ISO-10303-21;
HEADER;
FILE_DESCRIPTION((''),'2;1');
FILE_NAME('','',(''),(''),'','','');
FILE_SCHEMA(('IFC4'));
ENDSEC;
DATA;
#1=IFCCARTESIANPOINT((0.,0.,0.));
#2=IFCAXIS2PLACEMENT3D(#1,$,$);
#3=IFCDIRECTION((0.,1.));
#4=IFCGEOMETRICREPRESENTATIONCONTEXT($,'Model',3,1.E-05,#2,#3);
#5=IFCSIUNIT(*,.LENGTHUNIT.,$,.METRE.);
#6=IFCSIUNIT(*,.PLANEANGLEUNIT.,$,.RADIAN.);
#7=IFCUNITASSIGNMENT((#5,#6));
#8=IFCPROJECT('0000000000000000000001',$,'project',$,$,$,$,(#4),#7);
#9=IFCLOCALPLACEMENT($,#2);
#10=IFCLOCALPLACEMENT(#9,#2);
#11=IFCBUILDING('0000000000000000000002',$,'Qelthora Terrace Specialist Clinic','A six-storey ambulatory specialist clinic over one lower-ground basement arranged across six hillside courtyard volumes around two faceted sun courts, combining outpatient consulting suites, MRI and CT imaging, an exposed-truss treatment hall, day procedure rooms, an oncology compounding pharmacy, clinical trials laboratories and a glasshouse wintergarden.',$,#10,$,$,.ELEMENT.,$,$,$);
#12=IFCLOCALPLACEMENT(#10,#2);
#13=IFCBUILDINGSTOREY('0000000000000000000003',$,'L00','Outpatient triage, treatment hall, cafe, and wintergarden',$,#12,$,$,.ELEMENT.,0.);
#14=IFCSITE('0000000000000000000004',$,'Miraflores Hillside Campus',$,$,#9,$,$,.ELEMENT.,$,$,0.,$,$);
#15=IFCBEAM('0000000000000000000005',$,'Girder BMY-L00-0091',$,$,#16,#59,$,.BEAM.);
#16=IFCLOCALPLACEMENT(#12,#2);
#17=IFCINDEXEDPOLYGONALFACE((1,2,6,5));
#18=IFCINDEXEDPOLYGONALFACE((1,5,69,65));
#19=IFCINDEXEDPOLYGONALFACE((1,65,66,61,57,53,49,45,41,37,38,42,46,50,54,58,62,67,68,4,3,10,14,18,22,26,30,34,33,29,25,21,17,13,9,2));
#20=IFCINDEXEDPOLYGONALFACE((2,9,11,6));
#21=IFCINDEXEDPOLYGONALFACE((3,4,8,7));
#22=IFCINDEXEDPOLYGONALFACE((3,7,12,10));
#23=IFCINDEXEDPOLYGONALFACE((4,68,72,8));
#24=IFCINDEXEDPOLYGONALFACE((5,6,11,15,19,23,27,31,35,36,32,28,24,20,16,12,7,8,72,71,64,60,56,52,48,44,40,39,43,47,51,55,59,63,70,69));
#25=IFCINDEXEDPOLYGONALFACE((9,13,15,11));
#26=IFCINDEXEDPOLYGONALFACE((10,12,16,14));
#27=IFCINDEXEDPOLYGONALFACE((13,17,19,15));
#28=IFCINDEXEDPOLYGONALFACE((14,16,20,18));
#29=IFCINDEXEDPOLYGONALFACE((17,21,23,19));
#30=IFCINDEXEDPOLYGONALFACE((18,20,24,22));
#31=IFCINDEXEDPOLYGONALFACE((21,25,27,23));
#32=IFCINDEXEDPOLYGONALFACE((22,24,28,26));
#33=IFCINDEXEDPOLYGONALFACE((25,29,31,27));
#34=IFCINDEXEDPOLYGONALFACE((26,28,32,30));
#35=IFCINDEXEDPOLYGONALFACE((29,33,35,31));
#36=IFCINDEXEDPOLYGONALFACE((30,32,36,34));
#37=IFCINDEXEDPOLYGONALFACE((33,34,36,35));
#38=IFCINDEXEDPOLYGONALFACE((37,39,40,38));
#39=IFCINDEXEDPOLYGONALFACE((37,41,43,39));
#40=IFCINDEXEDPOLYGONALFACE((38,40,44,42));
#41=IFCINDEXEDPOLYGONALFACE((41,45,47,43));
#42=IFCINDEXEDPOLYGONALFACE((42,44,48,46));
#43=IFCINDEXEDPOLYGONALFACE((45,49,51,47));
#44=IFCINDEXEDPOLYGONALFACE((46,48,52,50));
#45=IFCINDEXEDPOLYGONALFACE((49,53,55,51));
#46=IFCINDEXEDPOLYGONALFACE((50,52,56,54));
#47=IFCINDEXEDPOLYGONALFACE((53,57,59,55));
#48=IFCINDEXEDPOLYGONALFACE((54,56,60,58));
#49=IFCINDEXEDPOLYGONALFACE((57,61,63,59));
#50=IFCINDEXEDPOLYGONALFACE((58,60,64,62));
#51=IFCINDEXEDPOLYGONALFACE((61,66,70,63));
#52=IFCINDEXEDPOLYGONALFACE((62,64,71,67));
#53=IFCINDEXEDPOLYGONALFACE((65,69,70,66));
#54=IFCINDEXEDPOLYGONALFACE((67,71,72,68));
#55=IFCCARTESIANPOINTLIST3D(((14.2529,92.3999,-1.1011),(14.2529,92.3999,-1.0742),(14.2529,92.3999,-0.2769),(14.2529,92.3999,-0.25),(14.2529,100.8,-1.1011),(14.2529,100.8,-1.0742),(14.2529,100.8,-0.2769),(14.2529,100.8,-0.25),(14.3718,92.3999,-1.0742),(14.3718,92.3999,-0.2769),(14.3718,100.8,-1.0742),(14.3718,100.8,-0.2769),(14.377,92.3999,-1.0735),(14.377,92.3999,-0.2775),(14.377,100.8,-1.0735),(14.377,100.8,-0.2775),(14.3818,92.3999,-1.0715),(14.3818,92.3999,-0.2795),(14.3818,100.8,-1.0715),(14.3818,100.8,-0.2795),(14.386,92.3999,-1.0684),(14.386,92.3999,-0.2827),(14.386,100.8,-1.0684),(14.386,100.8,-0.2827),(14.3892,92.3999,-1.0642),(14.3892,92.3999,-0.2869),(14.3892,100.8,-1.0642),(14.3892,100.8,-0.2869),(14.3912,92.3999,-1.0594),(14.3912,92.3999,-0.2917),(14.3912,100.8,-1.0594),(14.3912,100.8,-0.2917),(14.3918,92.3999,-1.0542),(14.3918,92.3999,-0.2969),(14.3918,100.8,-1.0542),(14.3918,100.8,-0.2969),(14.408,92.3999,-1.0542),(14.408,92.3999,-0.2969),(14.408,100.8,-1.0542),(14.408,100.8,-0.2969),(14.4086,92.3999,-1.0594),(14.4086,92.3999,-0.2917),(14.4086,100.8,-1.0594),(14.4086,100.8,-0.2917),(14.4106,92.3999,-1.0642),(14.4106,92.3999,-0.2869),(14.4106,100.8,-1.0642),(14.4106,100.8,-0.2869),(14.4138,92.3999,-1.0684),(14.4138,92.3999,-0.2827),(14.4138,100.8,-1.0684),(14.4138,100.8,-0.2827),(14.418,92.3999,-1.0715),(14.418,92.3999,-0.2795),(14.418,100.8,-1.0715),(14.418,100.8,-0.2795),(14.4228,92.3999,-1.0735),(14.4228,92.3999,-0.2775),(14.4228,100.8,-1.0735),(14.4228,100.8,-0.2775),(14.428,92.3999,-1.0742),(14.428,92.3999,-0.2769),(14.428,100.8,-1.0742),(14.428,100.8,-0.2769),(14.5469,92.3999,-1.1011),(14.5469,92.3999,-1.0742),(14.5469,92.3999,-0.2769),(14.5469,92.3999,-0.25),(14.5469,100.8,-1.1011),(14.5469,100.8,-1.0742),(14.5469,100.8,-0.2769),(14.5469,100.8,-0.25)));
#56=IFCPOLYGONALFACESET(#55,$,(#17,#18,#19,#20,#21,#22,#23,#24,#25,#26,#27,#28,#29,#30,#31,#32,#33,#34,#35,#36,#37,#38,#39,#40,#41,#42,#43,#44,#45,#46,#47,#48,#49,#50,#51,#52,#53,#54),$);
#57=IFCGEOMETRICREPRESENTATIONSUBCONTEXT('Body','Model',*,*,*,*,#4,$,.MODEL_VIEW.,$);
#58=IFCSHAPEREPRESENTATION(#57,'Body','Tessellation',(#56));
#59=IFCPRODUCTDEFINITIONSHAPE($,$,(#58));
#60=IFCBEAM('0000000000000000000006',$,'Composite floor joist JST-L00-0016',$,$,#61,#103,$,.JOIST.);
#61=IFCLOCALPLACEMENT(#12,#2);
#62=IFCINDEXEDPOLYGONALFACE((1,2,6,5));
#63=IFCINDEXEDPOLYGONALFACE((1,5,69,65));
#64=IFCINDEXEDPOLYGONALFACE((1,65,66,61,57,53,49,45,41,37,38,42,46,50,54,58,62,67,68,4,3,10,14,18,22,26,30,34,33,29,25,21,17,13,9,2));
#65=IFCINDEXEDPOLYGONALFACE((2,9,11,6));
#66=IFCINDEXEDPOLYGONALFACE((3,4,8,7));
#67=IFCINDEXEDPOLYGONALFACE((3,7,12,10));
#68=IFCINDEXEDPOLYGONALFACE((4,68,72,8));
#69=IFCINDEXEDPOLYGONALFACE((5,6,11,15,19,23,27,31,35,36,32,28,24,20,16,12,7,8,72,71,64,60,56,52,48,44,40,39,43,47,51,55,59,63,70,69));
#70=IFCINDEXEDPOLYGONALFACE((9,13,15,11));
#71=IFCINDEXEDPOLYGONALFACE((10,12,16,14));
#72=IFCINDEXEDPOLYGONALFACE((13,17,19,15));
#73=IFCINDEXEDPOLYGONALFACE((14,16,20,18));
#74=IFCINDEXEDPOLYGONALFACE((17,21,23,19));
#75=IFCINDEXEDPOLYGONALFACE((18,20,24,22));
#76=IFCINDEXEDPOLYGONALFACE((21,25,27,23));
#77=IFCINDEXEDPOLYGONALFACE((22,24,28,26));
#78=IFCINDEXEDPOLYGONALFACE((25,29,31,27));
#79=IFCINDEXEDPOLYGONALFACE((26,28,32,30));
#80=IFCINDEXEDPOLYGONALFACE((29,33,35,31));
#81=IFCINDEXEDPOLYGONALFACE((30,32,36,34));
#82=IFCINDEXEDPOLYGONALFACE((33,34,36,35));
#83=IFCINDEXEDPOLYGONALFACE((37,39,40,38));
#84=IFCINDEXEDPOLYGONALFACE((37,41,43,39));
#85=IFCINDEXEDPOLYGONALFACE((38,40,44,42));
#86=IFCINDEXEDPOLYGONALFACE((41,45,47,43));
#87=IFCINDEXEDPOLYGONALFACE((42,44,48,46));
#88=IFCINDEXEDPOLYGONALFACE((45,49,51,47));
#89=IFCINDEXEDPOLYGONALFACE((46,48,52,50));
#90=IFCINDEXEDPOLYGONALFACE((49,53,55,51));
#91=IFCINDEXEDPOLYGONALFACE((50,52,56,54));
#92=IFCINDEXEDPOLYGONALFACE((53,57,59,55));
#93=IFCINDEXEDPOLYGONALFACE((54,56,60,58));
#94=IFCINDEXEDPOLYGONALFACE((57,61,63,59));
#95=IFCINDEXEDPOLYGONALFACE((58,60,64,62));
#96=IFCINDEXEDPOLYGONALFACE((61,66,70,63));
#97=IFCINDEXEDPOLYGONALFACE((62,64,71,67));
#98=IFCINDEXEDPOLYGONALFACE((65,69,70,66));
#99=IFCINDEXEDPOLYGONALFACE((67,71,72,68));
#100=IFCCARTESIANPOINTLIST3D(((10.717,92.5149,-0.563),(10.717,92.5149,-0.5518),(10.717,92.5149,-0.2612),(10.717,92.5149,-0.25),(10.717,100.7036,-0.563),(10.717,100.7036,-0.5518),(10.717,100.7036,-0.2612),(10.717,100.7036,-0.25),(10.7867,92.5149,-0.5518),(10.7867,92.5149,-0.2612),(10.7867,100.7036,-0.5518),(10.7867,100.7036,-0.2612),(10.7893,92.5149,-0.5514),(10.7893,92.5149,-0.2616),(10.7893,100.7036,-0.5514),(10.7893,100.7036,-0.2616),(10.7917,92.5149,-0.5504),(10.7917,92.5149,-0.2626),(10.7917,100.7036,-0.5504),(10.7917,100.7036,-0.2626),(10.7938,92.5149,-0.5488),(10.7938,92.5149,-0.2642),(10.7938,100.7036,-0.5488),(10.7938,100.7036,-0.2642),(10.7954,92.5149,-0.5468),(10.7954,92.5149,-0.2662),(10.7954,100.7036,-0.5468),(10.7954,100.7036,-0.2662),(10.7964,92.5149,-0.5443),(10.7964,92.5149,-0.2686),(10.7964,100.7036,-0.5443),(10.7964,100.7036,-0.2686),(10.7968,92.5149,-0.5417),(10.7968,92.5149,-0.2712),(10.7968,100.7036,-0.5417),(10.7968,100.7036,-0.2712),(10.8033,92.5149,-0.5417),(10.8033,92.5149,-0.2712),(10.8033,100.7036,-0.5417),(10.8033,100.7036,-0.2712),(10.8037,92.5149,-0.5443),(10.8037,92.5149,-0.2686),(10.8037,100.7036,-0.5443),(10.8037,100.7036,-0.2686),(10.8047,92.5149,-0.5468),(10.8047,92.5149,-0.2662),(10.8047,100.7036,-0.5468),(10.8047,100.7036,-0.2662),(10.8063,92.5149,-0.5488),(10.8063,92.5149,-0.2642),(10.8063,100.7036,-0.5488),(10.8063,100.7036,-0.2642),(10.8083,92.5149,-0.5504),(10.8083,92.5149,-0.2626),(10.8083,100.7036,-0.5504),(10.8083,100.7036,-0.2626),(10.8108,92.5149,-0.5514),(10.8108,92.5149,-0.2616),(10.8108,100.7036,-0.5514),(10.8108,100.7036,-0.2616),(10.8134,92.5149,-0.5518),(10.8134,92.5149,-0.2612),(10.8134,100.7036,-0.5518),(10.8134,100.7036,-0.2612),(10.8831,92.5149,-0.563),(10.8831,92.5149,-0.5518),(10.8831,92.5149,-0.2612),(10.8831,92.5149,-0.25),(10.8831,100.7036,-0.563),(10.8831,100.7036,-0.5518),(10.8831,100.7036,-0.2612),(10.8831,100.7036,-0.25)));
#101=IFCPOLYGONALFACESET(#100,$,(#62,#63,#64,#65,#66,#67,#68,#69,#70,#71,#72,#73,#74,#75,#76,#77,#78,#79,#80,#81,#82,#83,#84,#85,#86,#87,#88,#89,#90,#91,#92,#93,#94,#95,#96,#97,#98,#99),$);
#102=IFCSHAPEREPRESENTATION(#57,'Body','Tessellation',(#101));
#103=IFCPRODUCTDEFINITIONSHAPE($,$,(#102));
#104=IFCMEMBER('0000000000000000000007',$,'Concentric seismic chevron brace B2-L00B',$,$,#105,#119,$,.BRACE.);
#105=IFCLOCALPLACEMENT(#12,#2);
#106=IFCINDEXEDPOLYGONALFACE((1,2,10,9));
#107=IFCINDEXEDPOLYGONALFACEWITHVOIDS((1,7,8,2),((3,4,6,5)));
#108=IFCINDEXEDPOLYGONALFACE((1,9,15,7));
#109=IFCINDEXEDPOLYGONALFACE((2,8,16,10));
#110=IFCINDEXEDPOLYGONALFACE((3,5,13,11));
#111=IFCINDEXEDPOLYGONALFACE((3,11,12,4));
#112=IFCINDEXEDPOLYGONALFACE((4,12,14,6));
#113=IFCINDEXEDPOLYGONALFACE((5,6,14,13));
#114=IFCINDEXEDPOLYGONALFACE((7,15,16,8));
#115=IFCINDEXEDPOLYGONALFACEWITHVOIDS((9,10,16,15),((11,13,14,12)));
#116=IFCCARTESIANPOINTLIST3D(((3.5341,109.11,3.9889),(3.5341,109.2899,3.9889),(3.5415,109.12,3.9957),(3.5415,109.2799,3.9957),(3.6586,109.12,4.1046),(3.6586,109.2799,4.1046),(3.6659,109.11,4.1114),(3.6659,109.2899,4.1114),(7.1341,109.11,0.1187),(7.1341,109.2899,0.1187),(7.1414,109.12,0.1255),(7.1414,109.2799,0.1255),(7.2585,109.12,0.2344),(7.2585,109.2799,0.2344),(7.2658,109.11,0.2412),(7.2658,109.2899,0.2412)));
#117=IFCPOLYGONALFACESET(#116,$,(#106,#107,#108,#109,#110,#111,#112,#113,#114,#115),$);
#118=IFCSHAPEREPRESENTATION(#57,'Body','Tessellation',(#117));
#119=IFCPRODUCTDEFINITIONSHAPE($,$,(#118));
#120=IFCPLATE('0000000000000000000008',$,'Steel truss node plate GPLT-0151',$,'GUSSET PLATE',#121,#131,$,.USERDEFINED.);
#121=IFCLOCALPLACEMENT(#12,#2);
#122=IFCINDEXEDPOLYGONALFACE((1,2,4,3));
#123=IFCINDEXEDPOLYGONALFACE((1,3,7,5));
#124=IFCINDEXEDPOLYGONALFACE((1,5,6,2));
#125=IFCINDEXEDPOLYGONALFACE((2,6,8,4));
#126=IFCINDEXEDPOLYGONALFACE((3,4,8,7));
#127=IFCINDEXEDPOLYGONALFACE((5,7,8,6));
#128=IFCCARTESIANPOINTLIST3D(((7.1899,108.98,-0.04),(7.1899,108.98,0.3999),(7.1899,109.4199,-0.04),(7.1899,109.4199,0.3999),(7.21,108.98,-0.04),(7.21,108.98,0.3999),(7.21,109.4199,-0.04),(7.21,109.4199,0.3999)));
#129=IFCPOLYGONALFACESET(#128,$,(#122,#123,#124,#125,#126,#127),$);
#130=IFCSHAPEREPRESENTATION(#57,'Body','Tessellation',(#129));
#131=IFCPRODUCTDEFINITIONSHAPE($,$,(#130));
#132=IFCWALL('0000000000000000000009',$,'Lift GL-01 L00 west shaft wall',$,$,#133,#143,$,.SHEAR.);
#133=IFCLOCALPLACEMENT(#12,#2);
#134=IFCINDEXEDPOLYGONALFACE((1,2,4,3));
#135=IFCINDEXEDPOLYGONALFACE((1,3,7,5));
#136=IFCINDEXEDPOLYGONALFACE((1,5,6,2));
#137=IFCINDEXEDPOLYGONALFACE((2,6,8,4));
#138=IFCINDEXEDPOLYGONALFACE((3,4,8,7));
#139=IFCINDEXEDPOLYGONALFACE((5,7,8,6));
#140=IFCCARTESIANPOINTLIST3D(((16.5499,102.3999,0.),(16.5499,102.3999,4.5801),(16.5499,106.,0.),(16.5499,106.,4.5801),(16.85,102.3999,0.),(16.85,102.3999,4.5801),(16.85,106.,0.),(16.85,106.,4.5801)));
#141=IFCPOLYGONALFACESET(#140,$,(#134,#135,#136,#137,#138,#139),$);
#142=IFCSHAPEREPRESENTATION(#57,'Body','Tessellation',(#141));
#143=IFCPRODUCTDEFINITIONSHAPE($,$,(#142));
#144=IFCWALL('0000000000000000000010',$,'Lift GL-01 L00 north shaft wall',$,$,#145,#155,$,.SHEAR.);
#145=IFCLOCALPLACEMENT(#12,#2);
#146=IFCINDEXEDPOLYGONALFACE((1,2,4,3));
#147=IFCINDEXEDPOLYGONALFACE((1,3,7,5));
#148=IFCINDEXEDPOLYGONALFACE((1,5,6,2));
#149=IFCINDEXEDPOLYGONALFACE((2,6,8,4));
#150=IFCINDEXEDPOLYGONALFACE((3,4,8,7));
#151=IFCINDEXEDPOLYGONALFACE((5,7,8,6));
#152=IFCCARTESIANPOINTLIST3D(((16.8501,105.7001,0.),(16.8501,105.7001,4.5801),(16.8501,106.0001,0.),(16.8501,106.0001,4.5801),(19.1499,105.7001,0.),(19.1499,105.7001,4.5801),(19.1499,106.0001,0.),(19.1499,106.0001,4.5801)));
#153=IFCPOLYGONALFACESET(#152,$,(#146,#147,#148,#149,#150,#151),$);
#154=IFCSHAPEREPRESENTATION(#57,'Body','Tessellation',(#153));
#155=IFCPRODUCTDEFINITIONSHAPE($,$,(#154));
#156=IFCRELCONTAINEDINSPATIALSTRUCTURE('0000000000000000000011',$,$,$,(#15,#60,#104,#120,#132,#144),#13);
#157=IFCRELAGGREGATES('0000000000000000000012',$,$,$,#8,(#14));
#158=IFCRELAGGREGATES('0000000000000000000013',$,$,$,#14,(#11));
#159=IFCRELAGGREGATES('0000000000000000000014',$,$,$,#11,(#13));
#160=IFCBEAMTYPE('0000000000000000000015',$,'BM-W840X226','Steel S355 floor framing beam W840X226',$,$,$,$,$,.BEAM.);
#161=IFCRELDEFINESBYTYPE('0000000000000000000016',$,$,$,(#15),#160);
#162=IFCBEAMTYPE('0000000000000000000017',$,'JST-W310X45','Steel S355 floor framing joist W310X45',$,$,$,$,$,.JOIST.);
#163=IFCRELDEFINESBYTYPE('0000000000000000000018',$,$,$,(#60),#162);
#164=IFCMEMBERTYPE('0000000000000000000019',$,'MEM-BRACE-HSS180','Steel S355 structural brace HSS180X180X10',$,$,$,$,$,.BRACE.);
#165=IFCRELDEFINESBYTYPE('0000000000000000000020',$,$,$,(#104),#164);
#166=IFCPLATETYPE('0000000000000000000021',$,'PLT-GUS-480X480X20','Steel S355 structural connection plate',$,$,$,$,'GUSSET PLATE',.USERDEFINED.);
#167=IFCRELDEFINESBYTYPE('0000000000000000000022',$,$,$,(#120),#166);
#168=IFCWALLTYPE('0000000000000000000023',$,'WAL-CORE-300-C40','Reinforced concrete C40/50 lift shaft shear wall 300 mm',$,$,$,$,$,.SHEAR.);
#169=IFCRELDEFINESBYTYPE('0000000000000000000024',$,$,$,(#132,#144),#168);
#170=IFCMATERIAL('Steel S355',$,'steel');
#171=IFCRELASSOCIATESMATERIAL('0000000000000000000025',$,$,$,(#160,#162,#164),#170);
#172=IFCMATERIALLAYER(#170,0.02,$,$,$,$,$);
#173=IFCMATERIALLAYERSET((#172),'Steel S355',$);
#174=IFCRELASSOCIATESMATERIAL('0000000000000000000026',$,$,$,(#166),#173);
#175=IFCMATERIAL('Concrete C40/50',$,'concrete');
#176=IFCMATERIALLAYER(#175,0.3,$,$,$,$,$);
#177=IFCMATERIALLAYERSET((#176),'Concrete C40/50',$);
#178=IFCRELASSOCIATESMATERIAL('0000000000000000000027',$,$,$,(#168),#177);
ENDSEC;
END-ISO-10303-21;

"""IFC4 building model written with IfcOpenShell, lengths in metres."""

from ifc_helpers import new_model, si_unit, direction, frame, frame_2d, origin, origin_2d, place, context, subcontext, project, spatial, rectangle, hollow_rectangle, i_section, extrude, material, layer, layer_set, material_profile, profile_set, type_object, element, save


model = new_model("IFC4")

# Units and contexts
model_context = context("Model", 3, precision=1e-05, world=origin(), true_north=direction((0.0, 1.0)))
body_context = subcontext(model_context, "Body", "Model", "MODEL_VIEW")
ifc_project = project(units=[si_unit("LENGTHUNIT", "METRE"), si_unit("PLANEANGLEUNIT", "RADIAN")], contexts=[model_context])

# Site, building, storey
site_placement = place(None, origin())
site = spatial("IfcSite", under=ifc_project, at=site_placement, Name="Miraflores Hillside Campus", CompositionType="ELEMENT", RefElevation=0.0)
building_placement = place(site_placement, origin())
building = spatial("IfcBuilding", under=site, at=building_placement, Name="Qelthora Terrace Specialist Clinic", Description="A six-storey ambulatory specialist clinic over one lower-ground basement arranged across six hillside courtyard volumes around two faceted sun courts, combining outpatient consulting suites, MRI and CT imaging, an exposed-truss treatment hall, day procedure rooms, an oncology compounding pharmacy, clinical trials laboratories and a glasshouse wintergarden.", CompositionType="ELEMENT")
storey_placement = place(building_placement, origin())
storey = spatial("IfcBuildingStorey", under=building, at=storey_placement, Name="L00", Description="Outpatient triage, treatment hall, cafe, and wintergarden", CompositionType="ELEMENT", Elevation=0.0)

# Shared definitions
ifc_material_1 = material(Name="Steel S355", Category="steel")

# Beams
ifc_material_profile_1 = material_profile(ifc_material_1, i_section(OverallWidth=0.2939, OverallDepth=0.8511, WebThickness=0.0161, FlangeThickness=0.0269, FilletRadius=0.02, at=origin_2d()), Name="W840X226")
ifc_profile_set_1 = profile_set([ifc_material_profile_1], Name="Steel S355")
beam_type_1 = type_object("IfcBeamType", Name="BM-W840X226", Description="Steel S355 floor framing beam W840X226", PredefinedType="BEAM", material=ifc_profile_set_1)
beam_1_placement = place(storey_placement, frame((14.3999, 92.3999, -0.6755), z_axis=(0.0, 1.0, 0.0), x_axis=(-1.0, 0.0, 0.0)))
element("IfcBeam", 1, at=beam_1_placement, inside=storey, type_object=beam_type_1, Name="Girder BMY-L00-0091", PredefinedType="BEAM", context=body_context, shape_type="SweptSolid", body=[
    extrude(i_section(OverallWidth=0.2939, OverallDepth=0.8511, WebThickness=0.0161, FlangeThickness=0.0269, FilletRadius=0.02, at=origin_2d()), origin(), (0.0, 0.0, 1.0), 8.4001),
])
ifc_material_profile_2 = material_profile(ifc_material_1, i_section(OverallWidth=0.166, OverallDepth=0.313, WebThickness=0.0066, FlangeThickness=0.0112, FilletRadius=0.01, at=origin_2d()), Name="W310X45")
ifc_profile_set_2 = profile_set([ifc_material_profile_2], Name="Steel S355")
beam_type_2 = type_object("IfcBeamType", Name="JST-W310X45", Description="Steel S355 floor framing joist W310X45", PredefinedType="JOIST", material=ifc_profile_set_2)
beam_2_placement = place(storey_placement, frame((10.8, 92.5149, -0.4065), z_axis=(0.0, 1.0, 0.0), x_axis=(-1.0, 0.0, 0.0)))
element("IfcBeam", 2, at=beam_2_placement, inside=storey, type_object=beam_type_2, Name="Composite floor joist JST-L00-0016", PredefinedType="JOIST", context=body_context, shape_type="SweptSolid", body=[
    extrude(i_section(OverallWidth=0.166, OverallDepth=0.313, WebThickness=0.0066, FlangeThickness=0.0112, FilletRadius=0.01, at=origin_2d()), origin(), (0.0, 0.0, 1.0), 8.1887),
])

# Member
ifc_material_profile_3 = material_profile(ifc_material_1, hollow_rectangle(XDim=0.1799, YDim=0.1799, WallThickness=0.01, at=origin_2d()), Name="HSS180X180X10")
ifc_profile_set_3 = profile_set([ifc_material_profile_3], Name="Steel S355")
member_type = type_object("IfcMemberType", Name="MEM-BRACE-HSS180", Description="Steel S355 structural brace HSS180X180X10", PredefinedType="BRACE", material=ifc_profile_set_3)
member_placement = place(storey_placement, frame((7.2, 109.2, 0.1799), z_axis=(-0.681078, 0.0, 0.732211), x_axis=(0.0, -1.0, 0.0)))
element("IfcMember", 3, at=member_placement, inside=storey, type_object=member_type, Name="Concentric seismic chevron brace B2-L00B", PredefinedType="BRACE", context=body_context, shape_type="SweptSolid", body=[
    extrude(hollow_rectangle(XDim=0.1799, YDim=0.1799, WallThickness=0.01, at=origin_2d()), origin(), (0.0, 0.0, 1.0), 5.2856),
])

# Plate
ifc_layer_1 = layer(ifc_material_1, 0.02)
ifc_layer_set_1 = layer_set([ifc_layer_1], Name="Steel S355")
plate_type = type_object("IfcPlateType", Name="PLT-GUS-480X480X20", Description="Steel S355 structural connection plate", ElementType="GUSSET PLATE", PredefinedType="USERDEFINED", material=ifc_layer_set_1)
plate_placement = place(storey_placement, frame((7.2, 109.2, -0.04), z_axis=(0.0, 0.0, 1.0), x_axis=(1.0, 0.0, 0.0)))
element("IfcPlate", 4, at=plate_placement, inside=storey, type_object=plate_type, Name="Steel truss node plate GPLT-0151", ObjectType="GUSSET PLATE", PredefinedType="USERDEFINED", context=body_context, shape_type="SweptSolid", body=[
    extrude(rectangle(XDim=0.02, YDim=0.4399, at=origin_2d()), origin(), (0.0, 0.0, 1.0), 0.4399),
])

# Walls
ifc_material_2 = material(Name="Concrete C40/50", Category="concrete")
ifc_layer_2 = layer(ifc_material_2, 0.3)
ifc_layer_set_2 = layer_set([ifc_layer_2], Name="Concrete C40/50")
wall_type_1 = type_object("IfcWallType", Name="WAL-CORE-300-C40", Description="Reinforced concrete C40/50 lift shaft shear wall 300 mm", PredefinedType="SHEAR", material=ifc_layer_set_2)
wall_1_placement = place(storey_placement, frame((16.7, 102.3999, 0.0), z_axis=(0.0, 0.0, 1.0), x_axis=(0.0, 1.0, 0.0)))
element("IfcWall", 5, at=wall_1_placement, inside=storey, type_object=wall_type_1, Name="Lift GL-01 L00 west shaft wall", PredefinedType="SHEAR", context=body_context, shape_type="SweptSolid", body=[
    extrude(rectangle(XDim=3.6001, YDim=0.3, at=frame_2d((1.8, 0.0))), origin(), (0.0, 0.0, 1.0), 4.5801),
])
wall_2_placement = place(storey_placement, frame((16.8501, 105.8501, 0.0), z_axis=(0.0, 0.0, 1.0), x_axis=(1.0, 0.0, 0.0)))
element("IfcWall", 6, at=wall_2_placement, inside=storey, type_object=wall_type_1, Name="Lift GL-01 L00 north shaft wall", PredefinedType="SHEAR", context=body_context, shape_type="SweptSolid", body=[
    extrude(rectangle(XDim=2.2998, YDim=0.3, at=frame_2d((1.1499, 0.0))), origin(), (0.0, 0.0, 1.0), 4.5801),
])

save(model, "model.ifc")
